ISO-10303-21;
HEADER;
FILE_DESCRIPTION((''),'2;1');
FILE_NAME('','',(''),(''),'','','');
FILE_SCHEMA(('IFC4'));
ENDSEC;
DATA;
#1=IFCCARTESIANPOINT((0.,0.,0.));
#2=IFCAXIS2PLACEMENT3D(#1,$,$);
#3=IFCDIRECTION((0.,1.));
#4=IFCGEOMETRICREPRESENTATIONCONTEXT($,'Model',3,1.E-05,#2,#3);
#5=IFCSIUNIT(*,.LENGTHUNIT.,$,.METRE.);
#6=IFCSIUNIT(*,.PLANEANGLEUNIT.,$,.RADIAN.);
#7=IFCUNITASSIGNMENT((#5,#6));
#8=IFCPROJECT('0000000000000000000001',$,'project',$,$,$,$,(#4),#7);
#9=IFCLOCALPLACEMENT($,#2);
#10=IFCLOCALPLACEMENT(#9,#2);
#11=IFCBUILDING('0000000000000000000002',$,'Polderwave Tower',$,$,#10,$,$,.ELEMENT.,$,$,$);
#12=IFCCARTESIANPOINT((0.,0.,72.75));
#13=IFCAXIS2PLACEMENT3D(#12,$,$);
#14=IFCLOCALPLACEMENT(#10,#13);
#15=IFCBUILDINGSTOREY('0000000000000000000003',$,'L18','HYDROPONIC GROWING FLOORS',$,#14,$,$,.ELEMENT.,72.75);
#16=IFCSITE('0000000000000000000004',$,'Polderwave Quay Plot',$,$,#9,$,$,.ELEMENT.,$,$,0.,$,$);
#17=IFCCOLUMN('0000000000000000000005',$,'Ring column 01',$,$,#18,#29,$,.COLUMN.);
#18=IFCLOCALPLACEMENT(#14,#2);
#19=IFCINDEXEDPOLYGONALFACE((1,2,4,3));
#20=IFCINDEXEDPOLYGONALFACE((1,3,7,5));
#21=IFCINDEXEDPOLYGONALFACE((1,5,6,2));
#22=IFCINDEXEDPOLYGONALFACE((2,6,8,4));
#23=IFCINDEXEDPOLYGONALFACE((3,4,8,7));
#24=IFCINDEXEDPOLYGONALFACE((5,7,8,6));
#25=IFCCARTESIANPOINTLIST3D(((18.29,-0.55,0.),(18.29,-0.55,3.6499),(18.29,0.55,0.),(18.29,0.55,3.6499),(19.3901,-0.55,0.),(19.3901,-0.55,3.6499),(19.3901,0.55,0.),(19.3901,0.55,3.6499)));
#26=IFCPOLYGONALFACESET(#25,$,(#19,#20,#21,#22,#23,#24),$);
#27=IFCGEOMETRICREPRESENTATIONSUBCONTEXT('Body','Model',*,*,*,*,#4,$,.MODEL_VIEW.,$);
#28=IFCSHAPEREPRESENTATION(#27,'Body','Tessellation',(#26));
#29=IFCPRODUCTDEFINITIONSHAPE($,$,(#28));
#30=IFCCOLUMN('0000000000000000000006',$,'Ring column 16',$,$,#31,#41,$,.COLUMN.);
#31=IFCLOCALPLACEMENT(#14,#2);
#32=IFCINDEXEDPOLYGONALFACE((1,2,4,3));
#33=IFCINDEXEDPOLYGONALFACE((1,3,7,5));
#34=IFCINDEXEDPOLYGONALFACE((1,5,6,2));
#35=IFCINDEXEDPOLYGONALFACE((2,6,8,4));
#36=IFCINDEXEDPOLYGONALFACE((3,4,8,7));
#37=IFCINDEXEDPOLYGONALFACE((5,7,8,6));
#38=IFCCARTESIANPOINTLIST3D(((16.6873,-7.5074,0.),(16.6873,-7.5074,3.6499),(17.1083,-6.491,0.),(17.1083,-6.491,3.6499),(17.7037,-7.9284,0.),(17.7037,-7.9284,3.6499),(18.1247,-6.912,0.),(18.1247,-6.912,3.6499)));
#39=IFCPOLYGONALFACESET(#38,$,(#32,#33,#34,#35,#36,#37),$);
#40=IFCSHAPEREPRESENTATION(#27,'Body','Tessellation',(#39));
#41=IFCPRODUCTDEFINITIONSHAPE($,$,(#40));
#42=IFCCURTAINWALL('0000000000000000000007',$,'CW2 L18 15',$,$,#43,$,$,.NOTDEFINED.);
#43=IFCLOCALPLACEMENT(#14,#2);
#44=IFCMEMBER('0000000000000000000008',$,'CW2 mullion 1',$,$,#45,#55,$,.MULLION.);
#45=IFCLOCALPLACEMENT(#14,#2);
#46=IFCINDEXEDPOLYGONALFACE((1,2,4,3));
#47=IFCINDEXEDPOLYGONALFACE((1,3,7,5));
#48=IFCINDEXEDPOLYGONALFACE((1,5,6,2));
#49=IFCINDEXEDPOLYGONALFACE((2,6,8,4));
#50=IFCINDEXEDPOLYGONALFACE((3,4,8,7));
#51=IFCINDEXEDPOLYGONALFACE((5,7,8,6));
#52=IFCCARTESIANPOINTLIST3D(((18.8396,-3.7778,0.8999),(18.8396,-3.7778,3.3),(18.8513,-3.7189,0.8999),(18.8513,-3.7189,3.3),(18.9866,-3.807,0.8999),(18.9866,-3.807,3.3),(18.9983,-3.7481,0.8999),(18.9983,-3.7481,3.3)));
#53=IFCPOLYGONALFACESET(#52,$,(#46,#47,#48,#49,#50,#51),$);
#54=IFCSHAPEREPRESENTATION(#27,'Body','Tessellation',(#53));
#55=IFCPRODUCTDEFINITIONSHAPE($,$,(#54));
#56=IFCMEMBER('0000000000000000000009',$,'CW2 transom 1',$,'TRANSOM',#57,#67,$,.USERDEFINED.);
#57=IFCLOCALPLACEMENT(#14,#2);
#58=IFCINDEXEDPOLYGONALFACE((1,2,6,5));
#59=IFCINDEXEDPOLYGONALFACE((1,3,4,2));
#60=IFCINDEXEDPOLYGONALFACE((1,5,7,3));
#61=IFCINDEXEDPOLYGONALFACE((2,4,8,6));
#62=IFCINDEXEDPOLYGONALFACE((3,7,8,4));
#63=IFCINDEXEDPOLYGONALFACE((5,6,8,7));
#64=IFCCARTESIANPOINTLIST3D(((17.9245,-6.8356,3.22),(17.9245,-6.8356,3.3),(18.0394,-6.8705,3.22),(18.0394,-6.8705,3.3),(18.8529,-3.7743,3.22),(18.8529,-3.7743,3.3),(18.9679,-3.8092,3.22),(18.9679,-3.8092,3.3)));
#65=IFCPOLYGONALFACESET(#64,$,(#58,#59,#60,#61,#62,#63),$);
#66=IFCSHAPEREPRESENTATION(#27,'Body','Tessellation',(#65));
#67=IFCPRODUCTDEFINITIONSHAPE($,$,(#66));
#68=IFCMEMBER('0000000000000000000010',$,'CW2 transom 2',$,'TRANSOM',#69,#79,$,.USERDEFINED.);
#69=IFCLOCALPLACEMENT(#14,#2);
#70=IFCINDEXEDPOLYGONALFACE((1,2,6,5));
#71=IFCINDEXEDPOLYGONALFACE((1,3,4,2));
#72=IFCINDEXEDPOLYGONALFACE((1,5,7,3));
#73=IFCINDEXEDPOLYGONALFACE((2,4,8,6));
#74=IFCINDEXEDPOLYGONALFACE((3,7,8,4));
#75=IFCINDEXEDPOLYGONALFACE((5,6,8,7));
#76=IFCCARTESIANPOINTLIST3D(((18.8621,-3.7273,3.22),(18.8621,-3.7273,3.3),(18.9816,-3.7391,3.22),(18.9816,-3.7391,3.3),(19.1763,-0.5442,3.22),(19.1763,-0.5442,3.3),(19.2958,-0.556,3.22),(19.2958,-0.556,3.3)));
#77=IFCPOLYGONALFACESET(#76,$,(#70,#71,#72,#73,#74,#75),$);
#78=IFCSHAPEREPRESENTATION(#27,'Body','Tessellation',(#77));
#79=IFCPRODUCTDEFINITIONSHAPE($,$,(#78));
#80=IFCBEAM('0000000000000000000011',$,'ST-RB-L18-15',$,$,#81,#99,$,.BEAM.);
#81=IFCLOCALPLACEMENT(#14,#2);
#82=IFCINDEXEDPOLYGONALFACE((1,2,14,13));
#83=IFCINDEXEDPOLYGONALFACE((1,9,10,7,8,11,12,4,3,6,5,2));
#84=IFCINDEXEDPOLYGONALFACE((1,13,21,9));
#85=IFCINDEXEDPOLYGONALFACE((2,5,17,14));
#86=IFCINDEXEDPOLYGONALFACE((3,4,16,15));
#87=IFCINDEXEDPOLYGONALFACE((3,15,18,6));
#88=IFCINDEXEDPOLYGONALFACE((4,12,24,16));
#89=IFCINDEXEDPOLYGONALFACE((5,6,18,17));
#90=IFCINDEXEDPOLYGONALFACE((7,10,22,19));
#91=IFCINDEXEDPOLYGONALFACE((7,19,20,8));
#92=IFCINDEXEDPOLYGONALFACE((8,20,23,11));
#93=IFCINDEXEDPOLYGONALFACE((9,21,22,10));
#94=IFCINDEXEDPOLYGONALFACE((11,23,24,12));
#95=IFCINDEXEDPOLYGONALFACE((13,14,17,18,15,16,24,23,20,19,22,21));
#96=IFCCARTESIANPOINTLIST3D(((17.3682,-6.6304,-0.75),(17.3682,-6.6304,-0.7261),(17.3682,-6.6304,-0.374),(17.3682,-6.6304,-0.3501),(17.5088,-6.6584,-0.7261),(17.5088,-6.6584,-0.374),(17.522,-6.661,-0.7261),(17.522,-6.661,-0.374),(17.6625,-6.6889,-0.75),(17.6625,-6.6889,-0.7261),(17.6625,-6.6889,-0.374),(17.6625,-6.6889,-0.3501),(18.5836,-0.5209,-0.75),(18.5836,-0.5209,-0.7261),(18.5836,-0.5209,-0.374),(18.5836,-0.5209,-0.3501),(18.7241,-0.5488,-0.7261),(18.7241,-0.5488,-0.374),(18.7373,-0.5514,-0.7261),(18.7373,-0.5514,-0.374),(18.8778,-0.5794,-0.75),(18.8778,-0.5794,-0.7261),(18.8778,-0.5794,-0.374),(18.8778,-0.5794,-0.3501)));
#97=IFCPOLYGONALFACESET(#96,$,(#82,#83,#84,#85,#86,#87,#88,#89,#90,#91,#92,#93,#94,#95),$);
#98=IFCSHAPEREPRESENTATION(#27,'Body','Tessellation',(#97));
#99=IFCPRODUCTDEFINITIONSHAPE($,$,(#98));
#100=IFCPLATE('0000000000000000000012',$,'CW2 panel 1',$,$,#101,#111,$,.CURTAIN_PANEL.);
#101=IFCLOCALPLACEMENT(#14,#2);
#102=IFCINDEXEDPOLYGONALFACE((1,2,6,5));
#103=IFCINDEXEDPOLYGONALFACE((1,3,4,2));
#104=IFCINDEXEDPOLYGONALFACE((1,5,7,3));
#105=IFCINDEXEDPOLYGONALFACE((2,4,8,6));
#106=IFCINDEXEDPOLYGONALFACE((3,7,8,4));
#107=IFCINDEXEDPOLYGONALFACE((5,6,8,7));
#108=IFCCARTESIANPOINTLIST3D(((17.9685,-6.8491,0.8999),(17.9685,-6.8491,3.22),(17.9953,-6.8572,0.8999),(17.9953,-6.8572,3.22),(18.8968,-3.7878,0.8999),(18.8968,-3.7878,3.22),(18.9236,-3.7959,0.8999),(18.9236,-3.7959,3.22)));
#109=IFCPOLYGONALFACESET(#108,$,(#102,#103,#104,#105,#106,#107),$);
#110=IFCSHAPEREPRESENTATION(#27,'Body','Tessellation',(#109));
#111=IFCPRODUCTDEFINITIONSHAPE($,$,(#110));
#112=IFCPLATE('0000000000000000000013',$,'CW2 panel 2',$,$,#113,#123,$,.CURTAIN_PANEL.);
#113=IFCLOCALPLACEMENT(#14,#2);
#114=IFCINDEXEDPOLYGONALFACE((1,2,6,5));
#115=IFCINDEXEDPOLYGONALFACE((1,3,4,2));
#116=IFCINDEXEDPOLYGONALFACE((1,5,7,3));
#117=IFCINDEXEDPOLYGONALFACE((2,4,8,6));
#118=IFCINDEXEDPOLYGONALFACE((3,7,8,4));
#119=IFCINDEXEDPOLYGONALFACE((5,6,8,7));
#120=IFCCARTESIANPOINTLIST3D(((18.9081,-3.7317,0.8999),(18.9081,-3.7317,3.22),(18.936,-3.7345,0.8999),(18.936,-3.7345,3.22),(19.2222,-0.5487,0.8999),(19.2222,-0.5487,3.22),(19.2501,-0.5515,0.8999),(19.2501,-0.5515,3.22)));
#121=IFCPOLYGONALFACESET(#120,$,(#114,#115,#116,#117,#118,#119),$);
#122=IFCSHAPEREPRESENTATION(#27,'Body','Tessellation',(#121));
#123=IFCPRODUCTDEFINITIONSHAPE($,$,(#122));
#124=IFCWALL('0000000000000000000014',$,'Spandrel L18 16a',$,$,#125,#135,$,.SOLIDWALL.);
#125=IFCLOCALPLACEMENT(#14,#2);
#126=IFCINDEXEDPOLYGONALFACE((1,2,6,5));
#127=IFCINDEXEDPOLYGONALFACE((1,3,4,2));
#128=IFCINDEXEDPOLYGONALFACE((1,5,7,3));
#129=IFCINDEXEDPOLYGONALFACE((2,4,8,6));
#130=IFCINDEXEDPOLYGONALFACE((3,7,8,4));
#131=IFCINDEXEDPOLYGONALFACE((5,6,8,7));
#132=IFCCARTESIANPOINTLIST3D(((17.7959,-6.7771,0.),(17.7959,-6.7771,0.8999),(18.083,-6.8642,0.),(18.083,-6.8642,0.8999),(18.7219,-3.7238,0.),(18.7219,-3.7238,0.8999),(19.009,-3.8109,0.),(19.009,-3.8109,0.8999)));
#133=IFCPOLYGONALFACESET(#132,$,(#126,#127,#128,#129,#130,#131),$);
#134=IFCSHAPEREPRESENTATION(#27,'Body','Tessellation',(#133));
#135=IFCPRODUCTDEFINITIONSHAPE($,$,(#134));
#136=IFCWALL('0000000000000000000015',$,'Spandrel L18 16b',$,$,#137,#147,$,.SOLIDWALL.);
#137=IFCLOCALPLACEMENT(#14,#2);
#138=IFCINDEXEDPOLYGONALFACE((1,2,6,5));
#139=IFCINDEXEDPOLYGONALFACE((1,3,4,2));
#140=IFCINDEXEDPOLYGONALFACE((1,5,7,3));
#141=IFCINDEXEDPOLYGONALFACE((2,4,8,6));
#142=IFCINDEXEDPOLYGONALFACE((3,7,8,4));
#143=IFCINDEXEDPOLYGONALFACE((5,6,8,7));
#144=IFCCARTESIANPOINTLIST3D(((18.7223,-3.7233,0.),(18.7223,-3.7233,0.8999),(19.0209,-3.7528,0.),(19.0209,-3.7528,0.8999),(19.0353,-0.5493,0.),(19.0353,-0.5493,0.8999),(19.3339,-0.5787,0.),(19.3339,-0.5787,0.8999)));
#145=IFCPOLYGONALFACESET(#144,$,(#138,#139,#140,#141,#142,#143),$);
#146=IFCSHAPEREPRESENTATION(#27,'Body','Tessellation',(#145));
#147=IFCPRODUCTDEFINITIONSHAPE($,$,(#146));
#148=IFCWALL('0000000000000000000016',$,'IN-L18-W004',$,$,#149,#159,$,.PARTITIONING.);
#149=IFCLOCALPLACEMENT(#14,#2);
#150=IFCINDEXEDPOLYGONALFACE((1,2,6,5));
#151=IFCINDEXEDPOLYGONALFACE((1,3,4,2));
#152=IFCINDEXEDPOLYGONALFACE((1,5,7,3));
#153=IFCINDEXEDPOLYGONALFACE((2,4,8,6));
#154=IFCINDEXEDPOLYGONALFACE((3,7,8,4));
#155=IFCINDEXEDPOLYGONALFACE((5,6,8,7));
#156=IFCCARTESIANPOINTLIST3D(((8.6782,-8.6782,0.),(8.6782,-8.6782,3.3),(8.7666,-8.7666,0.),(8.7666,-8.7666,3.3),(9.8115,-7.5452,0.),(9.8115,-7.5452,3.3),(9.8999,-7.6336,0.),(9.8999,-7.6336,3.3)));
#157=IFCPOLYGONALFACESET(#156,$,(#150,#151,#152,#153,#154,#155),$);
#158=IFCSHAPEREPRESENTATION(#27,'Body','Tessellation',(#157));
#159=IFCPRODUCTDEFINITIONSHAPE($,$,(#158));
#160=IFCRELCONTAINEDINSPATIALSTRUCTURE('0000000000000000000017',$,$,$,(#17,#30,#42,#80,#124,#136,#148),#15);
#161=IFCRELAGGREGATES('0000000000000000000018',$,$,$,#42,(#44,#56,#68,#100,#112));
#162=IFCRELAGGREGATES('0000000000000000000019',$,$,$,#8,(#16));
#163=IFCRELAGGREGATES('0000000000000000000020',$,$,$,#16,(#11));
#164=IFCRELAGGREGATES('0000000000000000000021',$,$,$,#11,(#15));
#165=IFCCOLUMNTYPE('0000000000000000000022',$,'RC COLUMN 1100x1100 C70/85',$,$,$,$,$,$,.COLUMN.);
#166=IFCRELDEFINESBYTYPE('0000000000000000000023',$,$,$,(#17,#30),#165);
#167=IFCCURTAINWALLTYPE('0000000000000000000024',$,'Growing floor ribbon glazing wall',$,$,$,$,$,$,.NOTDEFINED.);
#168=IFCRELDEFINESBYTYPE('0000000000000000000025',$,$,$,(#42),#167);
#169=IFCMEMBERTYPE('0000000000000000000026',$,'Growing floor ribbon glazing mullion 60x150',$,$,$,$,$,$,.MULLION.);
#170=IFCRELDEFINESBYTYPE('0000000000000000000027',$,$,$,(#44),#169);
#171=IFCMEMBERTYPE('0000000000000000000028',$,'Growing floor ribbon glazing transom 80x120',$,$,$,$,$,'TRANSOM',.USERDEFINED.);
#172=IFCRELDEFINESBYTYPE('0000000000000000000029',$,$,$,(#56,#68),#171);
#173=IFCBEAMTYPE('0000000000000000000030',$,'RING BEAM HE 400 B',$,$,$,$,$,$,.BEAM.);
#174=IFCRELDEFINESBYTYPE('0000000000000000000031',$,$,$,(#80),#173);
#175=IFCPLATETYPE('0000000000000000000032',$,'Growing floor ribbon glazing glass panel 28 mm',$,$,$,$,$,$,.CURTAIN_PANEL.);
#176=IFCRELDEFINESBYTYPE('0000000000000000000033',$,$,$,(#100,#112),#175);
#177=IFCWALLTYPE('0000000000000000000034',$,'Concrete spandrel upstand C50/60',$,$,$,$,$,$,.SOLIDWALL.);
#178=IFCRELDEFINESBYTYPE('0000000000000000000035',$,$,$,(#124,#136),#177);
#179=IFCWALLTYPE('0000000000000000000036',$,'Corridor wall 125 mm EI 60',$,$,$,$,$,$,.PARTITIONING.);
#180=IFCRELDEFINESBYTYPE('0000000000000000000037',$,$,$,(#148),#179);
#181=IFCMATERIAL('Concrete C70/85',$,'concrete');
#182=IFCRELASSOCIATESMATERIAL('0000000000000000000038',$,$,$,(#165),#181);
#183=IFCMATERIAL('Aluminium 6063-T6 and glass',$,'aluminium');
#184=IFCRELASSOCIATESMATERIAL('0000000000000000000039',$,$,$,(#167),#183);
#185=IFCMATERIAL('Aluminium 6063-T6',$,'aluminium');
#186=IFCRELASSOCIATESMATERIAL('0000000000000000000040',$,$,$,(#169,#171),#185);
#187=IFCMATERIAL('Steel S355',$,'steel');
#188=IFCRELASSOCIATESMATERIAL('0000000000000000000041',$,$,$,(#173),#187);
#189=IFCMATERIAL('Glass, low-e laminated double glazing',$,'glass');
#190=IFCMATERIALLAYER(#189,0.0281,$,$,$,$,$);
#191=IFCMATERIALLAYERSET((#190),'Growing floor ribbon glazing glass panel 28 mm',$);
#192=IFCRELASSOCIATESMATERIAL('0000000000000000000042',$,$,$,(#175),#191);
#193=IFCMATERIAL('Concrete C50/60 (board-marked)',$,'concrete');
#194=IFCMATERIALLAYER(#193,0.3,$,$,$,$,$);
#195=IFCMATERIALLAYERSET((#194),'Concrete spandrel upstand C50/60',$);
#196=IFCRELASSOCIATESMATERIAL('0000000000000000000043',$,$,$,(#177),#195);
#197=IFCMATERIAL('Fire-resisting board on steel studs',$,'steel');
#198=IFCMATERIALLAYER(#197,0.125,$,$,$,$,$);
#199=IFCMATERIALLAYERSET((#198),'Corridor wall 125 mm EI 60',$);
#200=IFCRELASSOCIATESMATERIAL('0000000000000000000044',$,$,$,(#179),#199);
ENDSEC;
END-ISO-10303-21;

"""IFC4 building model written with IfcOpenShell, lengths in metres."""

from ifc_helpers import new_model, si_unit, direction, frame, frame_2d, origin, origin_2d, place, context, subcontext, project, spatial, rectangle, i_section, extrude, material, layer, layer_set, material_profile, profile_set, type_object, element, aggregate, save


model = new_model("IFC4")

# Units and contexts
model_context = context("Model", 3, precision=1e-05, world=origin(), true_north=direction((0.0, 1.0)))
body_context = subcontext(model_context, "Body", "Model", "MODEL_VIEW")
ifc_project = project(units=[si_unit("LENGTHUNIT", "METRE"), si_unit("PLANEANGLEUNIT", "RADIAN")], contexts=[model_context])

# Site, building, storey
site_placement = place(None, origin())
site = spatial("IfcSite", under=ifc_project, at=site_placement, Name="Polderwave Quay Plot", CompositionType="ELEMENT", RefElevation=0.0)
building_placement = place(site_placement, origin())
building = spatial("IfcBuilding", under=site, at=building_placement, Name="Polderwave Tower", CompositionType="ELEMENT")
storey_placement = place(building_placement, frame((0.0, 0.0, 72.75)))
storey = spatial("IfcBuildingStorey", under=building, at=storey_placement, Name="L18", Description="HYDROPONIC GROWING FLOORS", CompositionType="ELEMENT", Elevation=72.75)

# Columns
ifc_material_1 = material(Name="Concrete C70/85", Category="concrete")
ifc_material_profile_1 = material_profile(ifc_material_1, rectangle(XDim=1.1001, YDim=1.1001, at=origin_2d()), Name="RC 1100x1100")
ifc_profile_set_1 = profile_set([ifc_material_profile_1], Name="Concrete C70/85")
column_type = type_object("IfcColumnType", Name="RC COLUMN 1100x1100 C70/85", PredefinedType="COLUMN", material=ifc_profile_set_1)
for number, where, z_axis, x_axis, name in (
    (1, (18.8401, 0.0, 0.0), (0.0, 0.0, 1.0), (1.0, 0.0, 0.0), "Ring column 01"),
    (2, (17.406, -7.2097, 0.0), (0.0, 0.0, 1.0), (0.92388, -0.382683, 0.0), "Ring column 16"),
):
    element("IfcColumn", number, at=place(storey_placement, frame(where, z_axis=z_axis, x_axis=x_axis)), inside=storey, type_object=column_type, Name=name, PredefinedType="COLUMN", context=body_context, shape_type="SweptSolid", body=[
        extrude(rectangle(XDim=1.1001, YDim=1.1001, at=origin_2d()), origin(), (0.0, 0.0, 1.0), 3.6499),
    ])

# Curtain wall, members
ifc_material_2 = material(Name="Aluminium 6063-T6 and glass", Category="aluminium")
curtain_wall_type = type_object("IfcCurtainWallType", Name="Growing floor ribbon glazing wall", PredefinedType="NOTDEFINED", material=ifc_material_2)
curtain_wall_placement = place(storey_placement, origin())
curtain_wall = element("IfcCurtainWall", 3, at=curtain_wall_placement, inside=storey, type_object=curtain_wall_type, Name="CW2 L18 15", PredefinedType="NOTDEFINED")
ifc_material_3 = material(Name="Aluminium 6063-T6", Category="aluminium")
ifc_material_profile_2 = material_profile(ifc_material_3, rectangle(XDim=0.1499, YDim=0.0601, at=origin_2d()), Name="AL 60x150")
ifc_profile_set_2 = profile_set([ifc_material_profile_2], Name="Aluminium 6063-T6")
member_type_1 = type_object("IfcMemberType", Name="Growing floor ribbon glazing mullion 60x150", PredefinedType="MULLION", material=ifc_profile_set_2)
member_1_placement = place(storey_placement, frame((18.9189, -3.7629, 0.8999), z_axis=(0.0, 0.0, 1.0), x_axis=(-0.980779, 0.195123, 0.0)))
member_1 = element("IfcMember", 4, at=member_1_placement, type_object=member_type_1, Name="CW2 mullion 1", PredefinedType="MULLION", context=body_context, shape_type="SweptSolid", body=[
    extrude(rectangle(XDim=0.1499, YDim=0.0601, at=origin_2d()), origin(), (0.0, 0.0, 1.0), 2.4001),
])
ifc_material_profile_3 = material_profile(ifc_material_3, rectangle(XDim=0.1201, YDim=0.0801, at=origin_2d()), Name="AL 80x120")
ifc_profile_set_3 = profile_set([ifc_material_profile_3], Name="Aluminium 6063-T6")
member_type_2 = type_object("IfcMemberType", Name="Growing floor ribbon glazing transom 80x120", ElementType="TRANSOM", PredefinedType="USERDEFINED", material=ifc_profile_set_3)
member_2_placement = place(storey_placement, frame((17.9819, -6.853, 3.26), z_axis=(0.290238, 0.956954, 0.0), x_axis=(-0.956954, 0.290238, 0.0)))
member_2 = element("IfcMember", 5, at=member_2_placement, type_object=member_type_2, Name="CW2 transom 1", ObjectType="TRANSOM", PredefinedType="USERDEFINED", context=body_context, shape_type="SweptSolid", body=[
    extrude(rectangle(XDim=0.1201, YDim=0.0801, at=origin_2d()), origin(), (0.0, 0.0, 1.0), 3.199),
])
member_3_placement = place(storey_placement, frame((18.9219, -3.7332, 3.26), z_axis=(0.098234, 0.995163, 0.0), x_axis=(-0.995163, 0.098234, 0.0)))
member_3 = element("IfcMember", 6, at=member_3_placement, type_object=member_type_2, Name="CW2 transom 2", ObjectType="TRANSOM", PredefinedType="USERDEFINED", context=body_context, shape_type="SweptSolid", body=[
    extrude(rectangle(XDim=0.1201, YDim=0.0801, at=origin_2d()), origin(), (0.0, 0.0, 1.0), 3.1985),
])

# Beam
ifc_material_4 = material(Name="Steel S355", Category="steel")
ifc_material_profile_4 = material_profile(ifc_material_4, i_section(OverallWidth=0.3, OverallDepth=0.3999, WebThickness=0.0134, FlangeThickness=0.0239, at=origin_2d()), Name="HE 400 B")
ifc_profile_set_4 = profile_set([ifc_material_profile_4], Name="Steel S355")
beam_type = type_object("IfcBeamType", Name="RING BEAM HE 400 B", PredefinedType="BEAM", material=ifc_profile_set_4)
beam_placement = place(storey_placement, frame((17.5154, -6.6597, -0.55), z_axis=(0.195099, 0.980784, 0.0), x_axis=(-0.980784, 0.195099, 0.0)))
element("IfcBeam", 7, at=beam_placement, inside=storey, type_object=beam_type, Name="ST-RB-L18-15", PredefinedType="BEAM", context=body_context, shape_type="SweptSolid", body=[
    extrude(i_section(OverallWidth=0.3, OverallDepth=0.3999, WebThickness=0.0134, FlangeThickness=0.0239, at=origin_2d()), origin(), (0.0, 0.0, 1.0), 6.2292),
])

# Plates
ifc_material_5 = material(Name="Glass, low-e laminated double glazing", Category="glass")
ifc_layer_1 = layer(ifc_material_5, 0.0281)
ifc_layer_set_1 = layer_set([ifc_layer_1], Name="Growing floor ribbon glazing glass panel 28 mm")
plate_type = type_object("IfcPlateType", Name="Growing floor ribbon glazing glass panel 28 mm", PredefinedType="CURTAIN_PANEL", material=ifc_layer_set_1)
plate_1_placement = place(storey_placement, frame((18.446, -5.3225, 0.8999), z_axis=(0.0, 0.0, 1.0), x_axis=(0.290188, 0.95697, 0.0)))
plate_1 = element("IfcPlate", 8, at=plate_1_placement, type_object=plate_type, Name="CW2 panel 1", PredefinedType="CURTAIN_PANEL", context=body_context, shape_type="SweptSolid", body=[
    extrude(rectangle(XDim=3.199, YDim=0.0281, at=origin_2d()), origin(), (0.0, 0.0, 1.0), 2.3201),
])
plate_2_placement = place(storey_placement, frame((19.0791, -2.1416, 0.8999), z_axis=(0.0, 0.0, 1.0), x_axis=(0.098186, 0.995168, 0.0)))
plate_2 = element("IfcPlate", 9, at=plate_2_placement, type_object=plate_type, Name="CW2 panel 2", PredefinedType="CURTAIN_PANEL", context=body_context, shape_type="SweptSolid", body=[
    extrude(rectangle(XDim=3.1985, YDim=0.0281, at=origin_2d()), origin(), (0.0, 0.0, 1.0), 2.3201),
])
aggregate(curtain_wall, [member_1, member_2, member_3, plate_1, plate_2])

# Walls
ifc_material_6 = material(Name="Concrete C50/60 (board-marked)", Category="concrete")
ifc_layer_2 = layer(ifc_material_6, 0.3)
ifc_layer_set_2 = layer_set([ifc_layer_2], Name="Concrete spandrel upstand C50/60")
wall_type_1 = type_object("IfcWallType", Name="Concrete spandrel upstand C50/60", PredefinedType="SOLIDWALL", material=ifc_layer_set_2)
wall_1_placement = place(storey_placement, frame((17.9395, -6.8206, 0.0), z_axis=(0.0, 0.0, 1.0), x_axis=(0.290239, 0.956954, 0.0)))
element("IfcWall", 10, at=wall_1_placement, inside=storey, type_object=wall_type_1, Name="Spandrel L18 16a", PredefinedType="SOLIDWALL", context=body_context, shape_type="SweptSolid", body=[
    extrude(rectangle(XDim=3.1907, YDim=0.3, at=frame_2d((1.5952, 0.0))), origin(), (0.0, 0.0, 1.0), 0.8999),
])
wall_2_placement = place(storey_placement, frame((18.8716, -3.738, 0.0), z_axis=(0.0, 0.0, 1.0), x_axis=(0.098132, 0.995173, 0.0)))
element("IfcWall", 11, at=wall_2_placement, inside=storey, type_object=wall_type_1, Name="Spandrel L18 16b", PredefinedType="SOLIDWALL", context=body_context, shape_type="SweptSolid", body=[
    extrude(rectangle(XDim=3.1895, YDim=0.3, at=frame_2d((1.5947, 0.0))), origin(), (0.0, 0.0, 1.0), 0.8999),
])
ifc_material_7 = material(Name="Fire-resisting board on steel studs", Category="steel")
ifc_layer_3 = layer(ifc_material_7, 0.125)
ifc_layer_set_3 = layer_set([ifc_layer_3], Name="Corridor wall 125 mm EI 60")
wall_type_2 = type_object("IfcWallType", Name="Corridor wall 125 mm EI 60", PredefinedType="PARTITIONING", material=ifc_layer_set_3)
wall_3_placement = place(storey_placement, frame((9.8557, -7.5894, 0.0), z_axis=(0.0, 0.0, 1.0), x_axis=(-0.707183, -0.707031, 0.0)))
element("IfcWall", 12, at=wall_3_placement, inside=storey, type_object=wall_type_2, Name="IN-L18-W004", PredefinedType="PARTITIONING", context=body_context, shape_type="SweptSolid", body=[
    extrude(rectangle(XDim=1.6025, YDim=0.125, at=frame_2d((0.8013, 0.0))), origin(), (0.0, 0.0, 1.0), 3.3),
])

save(model, "model.ifc")
